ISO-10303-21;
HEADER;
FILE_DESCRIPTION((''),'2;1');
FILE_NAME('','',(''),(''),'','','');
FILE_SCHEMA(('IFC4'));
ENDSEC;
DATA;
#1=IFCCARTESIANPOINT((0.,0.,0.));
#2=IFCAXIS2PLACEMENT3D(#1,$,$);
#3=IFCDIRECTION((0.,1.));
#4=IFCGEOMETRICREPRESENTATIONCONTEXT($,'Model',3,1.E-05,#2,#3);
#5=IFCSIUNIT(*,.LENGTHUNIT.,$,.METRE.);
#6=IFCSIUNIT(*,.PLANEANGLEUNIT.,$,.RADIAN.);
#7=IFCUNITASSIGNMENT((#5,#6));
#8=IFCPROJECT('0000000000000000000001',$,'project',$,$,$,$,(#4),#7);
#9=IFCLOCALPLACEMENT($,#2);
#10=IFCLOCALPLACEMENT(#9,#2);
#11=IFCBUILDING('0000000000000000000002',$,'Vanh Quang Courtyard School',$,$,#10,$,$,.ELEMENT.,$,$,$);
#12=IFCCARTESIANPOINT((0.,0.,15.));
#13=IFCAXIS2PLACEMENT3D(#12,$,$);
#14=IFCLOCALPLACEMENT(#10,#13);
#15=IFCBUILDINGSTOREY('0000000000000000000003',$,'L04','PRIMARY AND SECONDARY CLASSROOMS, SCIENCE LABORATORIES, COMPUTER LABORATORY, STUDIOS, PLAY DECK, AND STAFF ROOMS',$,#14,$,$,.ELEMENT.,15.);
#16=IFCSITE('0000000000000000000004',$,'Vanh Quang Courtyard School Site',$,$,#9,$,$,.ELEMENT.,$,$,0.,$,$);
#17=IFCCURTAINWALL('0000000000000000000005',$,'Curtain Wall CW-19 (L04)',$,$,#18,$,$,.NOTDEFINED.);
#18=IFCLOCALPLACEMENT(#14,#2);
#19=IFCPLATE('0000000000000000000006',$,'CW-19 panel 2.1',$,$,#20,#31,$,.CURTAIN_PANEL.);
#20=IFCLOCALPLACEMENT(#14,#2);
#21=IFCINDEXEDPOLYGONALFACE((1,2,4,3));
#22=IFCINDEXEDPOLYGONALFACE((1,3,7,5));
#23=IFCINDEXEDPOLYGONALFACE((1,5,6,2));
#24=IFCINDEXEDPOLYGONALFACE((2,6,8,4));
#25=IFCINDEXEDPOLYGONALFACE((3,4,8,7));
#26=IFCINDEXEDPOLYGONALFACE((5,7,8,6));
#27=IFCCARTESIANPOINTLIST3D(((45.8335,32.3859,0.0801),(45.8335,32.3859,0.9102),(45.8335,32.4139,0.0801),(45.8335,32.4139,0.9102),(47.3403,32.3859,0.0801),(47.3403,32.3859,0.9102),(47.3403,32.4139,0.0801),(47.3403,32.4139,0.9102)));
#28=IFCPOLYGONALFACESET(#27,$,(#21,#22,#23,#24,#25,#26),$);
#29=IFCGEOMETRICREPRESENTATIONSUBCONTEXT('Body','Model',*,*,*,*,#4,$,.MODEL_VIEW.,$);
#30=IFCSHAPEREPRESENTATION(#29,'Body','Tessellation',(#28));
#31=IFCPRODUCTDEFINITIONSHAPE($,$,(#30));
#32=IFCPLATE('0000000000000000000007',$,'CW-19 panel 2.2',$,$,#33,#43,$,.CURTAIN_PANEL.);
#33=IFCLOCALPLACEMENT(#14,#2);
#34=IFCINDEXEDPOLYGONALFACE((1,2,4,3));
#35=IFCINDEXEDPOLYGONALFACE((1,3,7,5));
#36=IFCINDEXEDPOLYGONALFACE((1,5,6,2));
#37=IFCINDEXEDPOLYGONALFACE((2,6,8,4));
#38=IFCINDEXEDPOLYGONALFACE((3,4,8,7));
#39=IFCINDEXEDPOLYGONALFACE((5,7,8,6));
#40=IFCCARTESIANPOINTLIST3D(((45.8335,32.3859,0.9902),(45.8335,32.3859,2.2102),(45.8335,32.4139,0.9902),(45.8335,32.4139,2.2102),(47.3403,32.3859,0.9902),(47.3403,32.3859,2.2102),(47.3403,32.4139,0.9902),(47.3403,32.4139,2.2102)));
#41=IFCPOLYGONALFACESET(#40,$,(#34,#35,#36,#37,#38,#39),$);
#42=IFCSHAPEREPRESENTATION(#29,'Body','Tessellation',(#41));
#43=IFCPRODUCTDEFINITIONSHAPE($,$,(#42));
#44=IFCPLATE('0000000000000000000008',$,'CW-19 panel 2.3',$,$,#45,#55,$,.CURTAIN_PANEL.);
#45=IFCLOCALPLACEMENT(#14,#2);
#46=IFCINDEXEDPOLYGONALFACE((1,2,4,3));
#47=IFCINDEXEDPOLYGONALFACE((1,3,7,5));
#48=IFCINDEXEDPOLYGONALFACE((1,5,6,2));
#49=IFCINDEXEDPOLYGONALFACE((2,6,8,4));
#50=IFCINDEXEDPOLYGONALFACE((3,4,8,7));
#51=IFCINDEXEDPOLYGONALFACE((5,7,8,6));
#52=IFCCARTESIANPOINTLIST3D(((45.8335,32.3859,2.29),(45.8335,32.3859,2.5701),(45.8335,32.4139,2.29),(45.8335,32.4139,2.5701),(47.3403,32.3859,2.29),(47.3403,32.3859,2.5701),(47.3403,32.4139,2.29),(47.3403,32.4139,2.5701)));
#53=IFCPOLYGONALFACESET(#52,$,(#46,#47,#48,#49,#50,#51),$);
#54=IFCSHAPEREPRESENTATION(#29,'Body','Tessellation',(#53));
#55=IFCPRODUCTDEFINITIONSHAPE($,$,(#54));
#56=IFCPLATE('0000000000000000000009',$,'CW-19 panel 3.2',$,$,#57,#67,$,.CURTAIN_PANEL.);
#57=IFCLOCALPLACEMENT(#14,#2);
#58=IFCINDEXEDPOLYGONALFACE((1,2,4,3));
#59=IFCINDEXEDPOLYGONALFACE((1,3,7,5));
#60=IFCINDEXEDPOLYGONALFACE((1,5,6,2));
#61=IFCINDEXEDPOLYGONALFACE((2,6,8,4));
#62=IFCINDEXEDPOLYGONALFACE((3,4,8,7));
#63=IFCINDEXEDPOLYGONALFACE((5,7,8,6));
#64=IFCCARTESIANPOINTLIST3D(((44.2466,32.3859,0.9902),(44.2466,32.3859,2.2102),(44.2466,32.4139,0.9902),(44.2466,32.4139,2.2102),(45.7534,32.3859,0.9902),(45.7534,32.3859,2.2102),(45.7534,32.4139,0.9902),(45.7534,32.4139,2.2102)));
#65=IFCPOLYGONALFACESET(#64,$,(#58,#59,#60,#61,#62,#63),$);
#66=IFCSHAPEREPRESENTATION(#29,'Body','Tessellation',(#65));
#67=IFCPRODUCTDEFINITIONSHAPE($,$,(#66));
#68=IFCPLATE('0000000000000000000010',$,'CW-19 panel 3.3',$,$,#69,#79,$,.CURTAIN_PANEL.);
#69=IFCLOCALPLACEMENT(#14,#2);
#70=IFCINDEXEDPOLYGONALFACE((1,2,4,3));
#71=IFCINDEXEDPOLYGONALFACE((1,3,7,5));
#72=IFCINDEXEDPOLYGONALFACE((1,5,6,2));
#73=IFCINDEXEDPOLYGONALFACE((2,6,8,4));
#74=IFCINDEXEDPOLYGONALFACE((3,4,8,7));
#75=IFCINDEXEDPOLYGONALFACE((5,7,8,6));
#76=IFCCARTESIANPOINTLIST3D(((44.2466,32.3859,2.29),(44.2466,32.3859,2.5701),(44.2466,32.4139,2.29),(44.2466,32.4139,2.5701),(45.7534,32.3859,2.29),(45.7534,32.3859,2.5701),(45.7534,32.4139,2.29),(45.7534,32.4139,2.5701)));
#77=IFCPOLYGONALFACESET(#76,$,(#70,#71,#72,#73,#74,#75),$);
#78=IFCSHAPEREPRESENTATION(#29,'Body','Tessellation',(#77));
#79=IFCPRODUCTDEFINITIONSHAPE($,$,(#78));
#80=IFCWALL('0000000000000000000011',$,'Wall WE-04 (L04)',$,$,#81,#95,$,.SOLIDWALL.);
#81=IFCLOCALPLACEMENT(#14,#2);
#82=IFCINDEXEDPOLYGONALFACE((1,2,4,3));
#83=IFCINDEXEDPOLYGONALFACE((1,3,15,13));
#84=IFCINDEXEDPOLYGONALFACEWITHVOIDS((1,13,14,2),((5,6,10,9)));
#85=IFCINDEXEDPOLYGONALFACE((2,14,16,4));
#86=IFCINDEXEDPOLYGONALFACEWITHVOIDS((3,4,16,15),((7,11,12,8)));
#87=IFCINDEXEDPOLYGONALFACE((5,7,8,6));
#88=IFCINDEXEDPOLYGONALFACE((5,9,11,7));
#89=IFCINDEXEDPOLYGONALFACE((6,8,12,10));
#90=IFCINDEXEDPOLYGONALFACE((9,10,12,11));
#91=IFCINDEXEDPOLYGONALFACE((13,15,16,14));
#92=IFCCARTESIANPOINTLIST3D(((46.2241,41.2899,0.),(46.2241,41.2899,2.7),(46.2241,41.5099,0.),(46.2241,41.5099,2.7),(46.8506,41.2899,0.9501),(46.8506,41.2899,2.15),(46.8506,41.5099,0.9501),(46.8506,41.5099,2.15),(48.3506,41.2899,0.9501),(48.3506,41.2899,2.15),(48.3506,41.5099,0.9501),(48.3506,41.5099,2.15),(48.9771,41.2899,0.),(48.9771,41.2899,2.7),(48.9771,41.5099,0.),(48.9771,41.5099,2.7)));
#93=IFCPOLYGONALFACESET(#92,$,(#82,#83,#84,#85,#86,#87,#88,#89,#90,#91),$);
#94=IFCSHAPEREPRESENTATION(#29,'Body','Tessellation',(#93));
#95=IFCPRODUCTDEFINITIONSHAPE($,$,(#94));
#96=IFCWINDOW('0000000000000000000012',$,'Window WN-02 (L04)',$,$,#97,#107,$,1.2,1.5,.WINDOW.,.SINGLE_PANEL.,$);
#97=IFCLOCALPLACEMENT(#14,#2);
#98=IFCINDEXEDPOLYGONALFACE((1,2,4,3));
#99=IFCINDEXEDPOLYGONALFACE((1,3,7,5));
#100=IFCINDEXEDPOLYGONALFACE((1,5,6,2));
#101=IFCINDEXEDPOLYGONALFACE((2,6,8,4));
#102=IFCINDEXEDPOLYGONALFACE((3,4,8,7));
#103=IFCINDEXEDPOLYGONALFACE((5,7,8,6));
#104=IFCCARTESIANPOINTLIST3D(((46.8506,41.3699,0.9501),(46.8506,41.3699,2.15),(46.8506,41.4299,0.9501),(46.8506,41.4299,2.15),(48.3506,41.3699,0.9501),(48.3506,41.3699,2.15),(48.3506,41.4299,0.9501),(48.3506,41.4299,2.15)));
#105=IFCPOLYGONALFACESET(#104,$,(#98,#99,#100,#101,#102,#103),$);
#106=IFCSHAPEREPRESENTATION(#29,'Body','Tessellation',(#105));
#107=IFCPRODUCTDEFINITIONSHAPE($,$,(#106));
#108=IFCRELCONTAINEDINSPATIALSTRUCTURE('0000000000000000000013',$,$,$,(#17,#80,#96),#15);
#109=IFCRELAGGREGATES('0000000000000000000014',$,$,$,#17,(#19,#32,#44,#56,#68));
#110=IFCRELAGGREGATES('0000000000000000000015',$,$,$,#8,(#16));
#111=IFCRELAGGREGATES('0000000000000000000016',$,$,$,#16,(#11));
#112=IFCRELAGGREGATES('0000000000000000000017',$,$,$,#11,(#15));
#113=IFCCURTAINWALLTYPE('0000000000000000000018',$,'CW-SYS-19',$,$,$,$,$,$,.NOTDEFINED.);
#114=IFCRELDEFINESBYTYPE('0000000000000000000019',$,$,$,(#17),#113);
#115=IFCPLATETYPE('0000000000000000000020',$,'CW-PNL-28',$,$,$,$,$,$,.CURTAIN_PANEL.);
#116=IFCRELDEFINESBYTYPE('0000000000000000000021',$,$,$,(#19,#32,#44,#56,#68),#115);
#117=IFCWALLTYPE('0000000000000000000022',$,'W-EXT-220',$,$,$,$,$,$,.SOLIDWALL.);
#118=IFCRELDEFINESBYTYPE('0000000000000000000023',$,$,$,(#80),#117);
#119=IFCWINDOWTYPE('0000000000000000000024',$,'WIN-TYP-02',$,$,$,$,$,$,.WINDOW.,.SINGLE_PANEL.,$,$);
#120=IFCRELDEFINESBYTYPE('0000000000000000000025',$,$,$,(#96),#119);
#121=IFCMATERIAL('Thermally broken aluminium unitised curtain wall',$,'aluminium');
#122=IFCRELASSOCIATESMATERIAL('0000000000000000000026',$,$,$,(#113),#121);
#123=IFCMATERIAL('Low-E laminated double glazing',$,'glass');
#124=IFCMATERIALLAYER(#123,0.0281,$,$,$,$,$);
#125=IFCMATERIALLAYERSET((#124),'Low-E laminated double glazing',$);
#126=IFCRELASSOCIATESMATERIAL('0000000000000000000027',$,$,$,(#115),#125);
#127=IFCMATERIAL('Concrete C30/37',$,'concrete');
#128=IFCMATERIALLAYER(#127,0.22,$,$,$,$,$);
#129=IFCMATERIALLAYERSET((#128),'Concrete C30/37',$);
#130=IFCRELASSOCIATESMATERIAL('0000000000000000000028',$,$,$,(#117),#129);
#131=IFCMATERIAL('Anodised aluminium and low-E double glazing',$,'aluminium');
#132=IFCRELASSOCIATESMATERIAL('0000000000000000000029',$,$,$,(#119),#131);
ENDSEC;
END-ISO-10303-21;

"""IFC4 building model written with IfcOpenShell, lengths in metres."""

from ifc_helpers import new_model, si_unit, direction, frame, frame_2d, origin, origin_2d, place, context, subcontext, project, spatial, rectangle, extrude, material, layer, layer_set, type_object, element, fill, aggregate, save


model = new_model("IFC4")

# Units and contexts
model_context = context("Model", 3, precision=1e-05, world=origin(), true_north=direction((0.0, 1.0)))
body_context = subcontext(model_context, "Body", "Model", "MODEL_VIEW")
ifc_project = project(units=[si_unit("LENGTHUNIT", "METRE"), si_unit("PLANEANGLEUNIT", "RADIAN")], contexts=[model_context])

# Site, building, storey
site_placement = place(None, origin())
site = spatial("IfcSite", under=ifc_project, at=site_placement, Name="Vanh Quang Courtyard School Site", CompositionType="ELEMENT", RefElevation=0.0)
building_placement = place(site_placement, origin())
building = spatial("IfcBuilding", under=site, at=building_placement, Name="Vanh Quang Courtyard School", CompositionType="ELEMENT")
storey_placement = place(building_placement, frame((0.0, 0.0, 15.0)))
storey = spatial("IfcBuildingStorey", under=building, at=storey_placement, Name="L04", Description="PRIMARY AND SECONDARY CLASSROOMS, SCIENCE LABORATORIES, COMPUTER LABORATORY, STUDIOS, PLAY DECK, AND STAFF ROOMS", CompositionType="ELEMENT", Elevation=15.0)

# Curtain wall, plates
ifc_material_1 = material(Name="Thermally broken aluminium unitised curtain wall", Category="aluminium")
curtain_wall_type = type_object("IfcCurtainWallType", Name="CW-SYS-19", PredefinedType="NOTDEFINED", material=ifc_material_1)
curtain_wall_placement = place(storey_placement, origin())
curtain_wall = element("IfcCurtainWall", 1, at=curtain_wall_placement, inside=storey, type_object=curtain_wall_type, Name="Curtain Wall CW-19 (L04)", PredefinedType="NOTDEFINED")
ifc_material_2 = material(Name="Low-E laminated double glazing", Category="glass")
ifc_layer_1 = layer(ifc_material_2, 0.0281)
ifc_layer_set_1 = layer_set([ifc_layer_1], Name="Low-E laminated double glazing")
plate_type = type_object("IfcPlateType", Name="CW-PNL-28", PredefinedType="CURTAIN_PANEL", material=ifc_layer_set_1)
plate_1_placement = place(storey_placement, frame((46.5869, 32.3999, 0.0801), z_axis=(0.0, 0.0, 1.0), x_axis=(-1.0, 0.0, 0.0)))
plate_1 = element("IfcPlate", 2, at=plate_1_placement, type_object=plate_type, Name="CW-19 panel 2.1", PredefinedType="CURTAIN_PANEL", context=body_context, shape_type="SweptSolid", body=[
    extrude(rectangle(XDim=1.5068, YDim=0.0281, at=origin_2d()), origin(), (0.0, 0.0, 1.0), 0.8301),
])
plate_2_placement = place(storey_placement, frame((46.5869, 32.3999, 0.9902), z_axis=(0.0, 0.0, 1.0), x_axis=(-1.0, 0.0, 0.0)))
plate_2 = element("IfcPlate", 3, at=plate_2_placement, type_object=plate_type, Name="CW-19 panel 2.2", PredefinedType="CURTAIN_PANEL", context=body_context, shape_type="SweptSolid", body=[
    extrude(rectangle(XDim=1.5068, YDim=0.0281, at=origin_2d()), origin(), (0.0, 0.0, 1.0), 1.22),
])
plate_3_placement = place(storey_placement, frame((46.5869, 32.3999, 2.29), z_axis=(0.0, 0.0, 1.0), x_axis=(-1.0, 0.0, 0.0)))
plate_3 = element("IfcPlate", 4, at=plate_3_placement, type_object=plate_type, Name="CW-19 panel 2.3", PredefinedType="CURTAIN_PANEL", context=body_context, shape_type="SweptSolid", body=[
    extrude(rectangle(XDim=1.5068, YDim=0.0281, at=origin_2d()), origin(), (0.0, 0.0, 1.0), 0.28),
])
plate_4_placement = place(storey_placement, frame((45.0, 32.3999, 0.9902), z_axis=(0.0, 0.0, 1.0), x_axis=(-1.0, 0.0, 0.0)))
plate_4 = element("IfcPlate", 5, at=plate_4_placement, type_object=plate_type, Name="CW-19 panel 3.2", PredefinedType="CURTAIN_PANEL", context=body_context, shape_type="SweptSolid", body=[
    extrude(rectangle(XDim=1.5068, YDim=0.0281, at=origin_2d()), origin(), (0.0, 0.0, 1.0), 1.22),
])
plate_5_placement = place(storey_placement, frame((45.0, 32.3999, 2.29), z_axis=(0.0, 0.0, 1.0), x_axis=(-1.0, 0.0, 0.0)))
plate_5 = element("IfcPlate", 6, at=plate_5_placement, type_object=plate_type, Name="CW-19 panel 3.3", PredefinedType="CURTAIN_PANEL", context=body_context, shape_type="SweptSolid", body=[
    extrude(rectangle(XDim=1.5068, YDim=0.0281, at=origin_2d()), origin(), (0.0, 0.0, 1.0), 0.28),
])
aggregate(curtain_wall, [plate_1, plate_2, plate_3, plate_4, plate_5])

# Wall, opening, window
ifc_material_3 = material(Name="Concrete C30/37", Category="concrete")
ifc_layer_2 = layer(ifc_material_3, 0.22)
ifc_layer_set_2 = layer_set([ifc_layer_2], Name="Concrete C30/37")
wall_type = type_object("IfcWallType", Name="W-EXT-220", PredefinedType="SOLIDWALL", material=ifc_layer_set_2)
wall_placement = place(storey_placement, frame((46.2241, 41.3999, 0.0), z_axis=(0.0, 0.0, 1.0), x_axis=(1.0, 0.0, 0.0)))
wall = element("IfcWall", 7, at=wall_placement, inside=storey, type_object=wall_type, Name="Wall WE-04 (L04)", PredefinedType="SOLIDWALL", context=body_context, shape_type="SweptSolid", body=[
    extrude(rectangle(XDim=2.7529, YDim=0.22, at=frame_2d((1.3765, 0.0))), origin(), (0.0, 0.0, 1.0), 2.7),
])
opening_placement = place(wall_placement, frame((0.6265, 0.0, 0.95)))
opening = element("IfcOpeningElement", 8, at=opening_placement, cuts=wall, PredefinedType="OPENING", context=body_context, shape_type="SweptSolid", body=[
    extrude(rectangle(XDim=1.5, YDim=1.2, at=frame_2d((0.75, 0.6001))), frame((0.0, 0.1201, 0.0), z_axis=(0.0, -1.0, 0.0), x_axis=(1.0, 0.0, 0.0)), (0.0, 0.0, 1.0), 0.24),
])
ifc_material_4 = material(Name="Anodised aluminium and low-E double glazing", Category="aluminium")
window_type = type_object("IfcWindowType", Name="WIN-TYP-02", PartitioningType="SINGLE_PANEL", PredefinedType="WINDOW", material=ifc_material_4)
window_placement = place(opening_placement, origin())
window = element("IfcWindow", 9, at=window_placement, inside=storey, type_object=window_type, Name="Window WN-02 (L04)", OverallHeight=1.2, OverallWidth=1.5, PartitioningType="SINGLE_PANEL", PredefinedType="WINDOW", context=body_context, shape_type="SweptSolid", body=[
    extrude(rectangle(XDim=1.5, YDim=1.2, at=frame_2d((0.75, 0.6001))), frame((0.0, 0.03, 0.0), z_axis=(0.0, -1.0, 0.0), x_axis=(1.0, 0.0, 0.0)), (0.0, 0.0, 1.0), 0.0601),
])
fill(opening, window)

save(model, "model.ifc")
